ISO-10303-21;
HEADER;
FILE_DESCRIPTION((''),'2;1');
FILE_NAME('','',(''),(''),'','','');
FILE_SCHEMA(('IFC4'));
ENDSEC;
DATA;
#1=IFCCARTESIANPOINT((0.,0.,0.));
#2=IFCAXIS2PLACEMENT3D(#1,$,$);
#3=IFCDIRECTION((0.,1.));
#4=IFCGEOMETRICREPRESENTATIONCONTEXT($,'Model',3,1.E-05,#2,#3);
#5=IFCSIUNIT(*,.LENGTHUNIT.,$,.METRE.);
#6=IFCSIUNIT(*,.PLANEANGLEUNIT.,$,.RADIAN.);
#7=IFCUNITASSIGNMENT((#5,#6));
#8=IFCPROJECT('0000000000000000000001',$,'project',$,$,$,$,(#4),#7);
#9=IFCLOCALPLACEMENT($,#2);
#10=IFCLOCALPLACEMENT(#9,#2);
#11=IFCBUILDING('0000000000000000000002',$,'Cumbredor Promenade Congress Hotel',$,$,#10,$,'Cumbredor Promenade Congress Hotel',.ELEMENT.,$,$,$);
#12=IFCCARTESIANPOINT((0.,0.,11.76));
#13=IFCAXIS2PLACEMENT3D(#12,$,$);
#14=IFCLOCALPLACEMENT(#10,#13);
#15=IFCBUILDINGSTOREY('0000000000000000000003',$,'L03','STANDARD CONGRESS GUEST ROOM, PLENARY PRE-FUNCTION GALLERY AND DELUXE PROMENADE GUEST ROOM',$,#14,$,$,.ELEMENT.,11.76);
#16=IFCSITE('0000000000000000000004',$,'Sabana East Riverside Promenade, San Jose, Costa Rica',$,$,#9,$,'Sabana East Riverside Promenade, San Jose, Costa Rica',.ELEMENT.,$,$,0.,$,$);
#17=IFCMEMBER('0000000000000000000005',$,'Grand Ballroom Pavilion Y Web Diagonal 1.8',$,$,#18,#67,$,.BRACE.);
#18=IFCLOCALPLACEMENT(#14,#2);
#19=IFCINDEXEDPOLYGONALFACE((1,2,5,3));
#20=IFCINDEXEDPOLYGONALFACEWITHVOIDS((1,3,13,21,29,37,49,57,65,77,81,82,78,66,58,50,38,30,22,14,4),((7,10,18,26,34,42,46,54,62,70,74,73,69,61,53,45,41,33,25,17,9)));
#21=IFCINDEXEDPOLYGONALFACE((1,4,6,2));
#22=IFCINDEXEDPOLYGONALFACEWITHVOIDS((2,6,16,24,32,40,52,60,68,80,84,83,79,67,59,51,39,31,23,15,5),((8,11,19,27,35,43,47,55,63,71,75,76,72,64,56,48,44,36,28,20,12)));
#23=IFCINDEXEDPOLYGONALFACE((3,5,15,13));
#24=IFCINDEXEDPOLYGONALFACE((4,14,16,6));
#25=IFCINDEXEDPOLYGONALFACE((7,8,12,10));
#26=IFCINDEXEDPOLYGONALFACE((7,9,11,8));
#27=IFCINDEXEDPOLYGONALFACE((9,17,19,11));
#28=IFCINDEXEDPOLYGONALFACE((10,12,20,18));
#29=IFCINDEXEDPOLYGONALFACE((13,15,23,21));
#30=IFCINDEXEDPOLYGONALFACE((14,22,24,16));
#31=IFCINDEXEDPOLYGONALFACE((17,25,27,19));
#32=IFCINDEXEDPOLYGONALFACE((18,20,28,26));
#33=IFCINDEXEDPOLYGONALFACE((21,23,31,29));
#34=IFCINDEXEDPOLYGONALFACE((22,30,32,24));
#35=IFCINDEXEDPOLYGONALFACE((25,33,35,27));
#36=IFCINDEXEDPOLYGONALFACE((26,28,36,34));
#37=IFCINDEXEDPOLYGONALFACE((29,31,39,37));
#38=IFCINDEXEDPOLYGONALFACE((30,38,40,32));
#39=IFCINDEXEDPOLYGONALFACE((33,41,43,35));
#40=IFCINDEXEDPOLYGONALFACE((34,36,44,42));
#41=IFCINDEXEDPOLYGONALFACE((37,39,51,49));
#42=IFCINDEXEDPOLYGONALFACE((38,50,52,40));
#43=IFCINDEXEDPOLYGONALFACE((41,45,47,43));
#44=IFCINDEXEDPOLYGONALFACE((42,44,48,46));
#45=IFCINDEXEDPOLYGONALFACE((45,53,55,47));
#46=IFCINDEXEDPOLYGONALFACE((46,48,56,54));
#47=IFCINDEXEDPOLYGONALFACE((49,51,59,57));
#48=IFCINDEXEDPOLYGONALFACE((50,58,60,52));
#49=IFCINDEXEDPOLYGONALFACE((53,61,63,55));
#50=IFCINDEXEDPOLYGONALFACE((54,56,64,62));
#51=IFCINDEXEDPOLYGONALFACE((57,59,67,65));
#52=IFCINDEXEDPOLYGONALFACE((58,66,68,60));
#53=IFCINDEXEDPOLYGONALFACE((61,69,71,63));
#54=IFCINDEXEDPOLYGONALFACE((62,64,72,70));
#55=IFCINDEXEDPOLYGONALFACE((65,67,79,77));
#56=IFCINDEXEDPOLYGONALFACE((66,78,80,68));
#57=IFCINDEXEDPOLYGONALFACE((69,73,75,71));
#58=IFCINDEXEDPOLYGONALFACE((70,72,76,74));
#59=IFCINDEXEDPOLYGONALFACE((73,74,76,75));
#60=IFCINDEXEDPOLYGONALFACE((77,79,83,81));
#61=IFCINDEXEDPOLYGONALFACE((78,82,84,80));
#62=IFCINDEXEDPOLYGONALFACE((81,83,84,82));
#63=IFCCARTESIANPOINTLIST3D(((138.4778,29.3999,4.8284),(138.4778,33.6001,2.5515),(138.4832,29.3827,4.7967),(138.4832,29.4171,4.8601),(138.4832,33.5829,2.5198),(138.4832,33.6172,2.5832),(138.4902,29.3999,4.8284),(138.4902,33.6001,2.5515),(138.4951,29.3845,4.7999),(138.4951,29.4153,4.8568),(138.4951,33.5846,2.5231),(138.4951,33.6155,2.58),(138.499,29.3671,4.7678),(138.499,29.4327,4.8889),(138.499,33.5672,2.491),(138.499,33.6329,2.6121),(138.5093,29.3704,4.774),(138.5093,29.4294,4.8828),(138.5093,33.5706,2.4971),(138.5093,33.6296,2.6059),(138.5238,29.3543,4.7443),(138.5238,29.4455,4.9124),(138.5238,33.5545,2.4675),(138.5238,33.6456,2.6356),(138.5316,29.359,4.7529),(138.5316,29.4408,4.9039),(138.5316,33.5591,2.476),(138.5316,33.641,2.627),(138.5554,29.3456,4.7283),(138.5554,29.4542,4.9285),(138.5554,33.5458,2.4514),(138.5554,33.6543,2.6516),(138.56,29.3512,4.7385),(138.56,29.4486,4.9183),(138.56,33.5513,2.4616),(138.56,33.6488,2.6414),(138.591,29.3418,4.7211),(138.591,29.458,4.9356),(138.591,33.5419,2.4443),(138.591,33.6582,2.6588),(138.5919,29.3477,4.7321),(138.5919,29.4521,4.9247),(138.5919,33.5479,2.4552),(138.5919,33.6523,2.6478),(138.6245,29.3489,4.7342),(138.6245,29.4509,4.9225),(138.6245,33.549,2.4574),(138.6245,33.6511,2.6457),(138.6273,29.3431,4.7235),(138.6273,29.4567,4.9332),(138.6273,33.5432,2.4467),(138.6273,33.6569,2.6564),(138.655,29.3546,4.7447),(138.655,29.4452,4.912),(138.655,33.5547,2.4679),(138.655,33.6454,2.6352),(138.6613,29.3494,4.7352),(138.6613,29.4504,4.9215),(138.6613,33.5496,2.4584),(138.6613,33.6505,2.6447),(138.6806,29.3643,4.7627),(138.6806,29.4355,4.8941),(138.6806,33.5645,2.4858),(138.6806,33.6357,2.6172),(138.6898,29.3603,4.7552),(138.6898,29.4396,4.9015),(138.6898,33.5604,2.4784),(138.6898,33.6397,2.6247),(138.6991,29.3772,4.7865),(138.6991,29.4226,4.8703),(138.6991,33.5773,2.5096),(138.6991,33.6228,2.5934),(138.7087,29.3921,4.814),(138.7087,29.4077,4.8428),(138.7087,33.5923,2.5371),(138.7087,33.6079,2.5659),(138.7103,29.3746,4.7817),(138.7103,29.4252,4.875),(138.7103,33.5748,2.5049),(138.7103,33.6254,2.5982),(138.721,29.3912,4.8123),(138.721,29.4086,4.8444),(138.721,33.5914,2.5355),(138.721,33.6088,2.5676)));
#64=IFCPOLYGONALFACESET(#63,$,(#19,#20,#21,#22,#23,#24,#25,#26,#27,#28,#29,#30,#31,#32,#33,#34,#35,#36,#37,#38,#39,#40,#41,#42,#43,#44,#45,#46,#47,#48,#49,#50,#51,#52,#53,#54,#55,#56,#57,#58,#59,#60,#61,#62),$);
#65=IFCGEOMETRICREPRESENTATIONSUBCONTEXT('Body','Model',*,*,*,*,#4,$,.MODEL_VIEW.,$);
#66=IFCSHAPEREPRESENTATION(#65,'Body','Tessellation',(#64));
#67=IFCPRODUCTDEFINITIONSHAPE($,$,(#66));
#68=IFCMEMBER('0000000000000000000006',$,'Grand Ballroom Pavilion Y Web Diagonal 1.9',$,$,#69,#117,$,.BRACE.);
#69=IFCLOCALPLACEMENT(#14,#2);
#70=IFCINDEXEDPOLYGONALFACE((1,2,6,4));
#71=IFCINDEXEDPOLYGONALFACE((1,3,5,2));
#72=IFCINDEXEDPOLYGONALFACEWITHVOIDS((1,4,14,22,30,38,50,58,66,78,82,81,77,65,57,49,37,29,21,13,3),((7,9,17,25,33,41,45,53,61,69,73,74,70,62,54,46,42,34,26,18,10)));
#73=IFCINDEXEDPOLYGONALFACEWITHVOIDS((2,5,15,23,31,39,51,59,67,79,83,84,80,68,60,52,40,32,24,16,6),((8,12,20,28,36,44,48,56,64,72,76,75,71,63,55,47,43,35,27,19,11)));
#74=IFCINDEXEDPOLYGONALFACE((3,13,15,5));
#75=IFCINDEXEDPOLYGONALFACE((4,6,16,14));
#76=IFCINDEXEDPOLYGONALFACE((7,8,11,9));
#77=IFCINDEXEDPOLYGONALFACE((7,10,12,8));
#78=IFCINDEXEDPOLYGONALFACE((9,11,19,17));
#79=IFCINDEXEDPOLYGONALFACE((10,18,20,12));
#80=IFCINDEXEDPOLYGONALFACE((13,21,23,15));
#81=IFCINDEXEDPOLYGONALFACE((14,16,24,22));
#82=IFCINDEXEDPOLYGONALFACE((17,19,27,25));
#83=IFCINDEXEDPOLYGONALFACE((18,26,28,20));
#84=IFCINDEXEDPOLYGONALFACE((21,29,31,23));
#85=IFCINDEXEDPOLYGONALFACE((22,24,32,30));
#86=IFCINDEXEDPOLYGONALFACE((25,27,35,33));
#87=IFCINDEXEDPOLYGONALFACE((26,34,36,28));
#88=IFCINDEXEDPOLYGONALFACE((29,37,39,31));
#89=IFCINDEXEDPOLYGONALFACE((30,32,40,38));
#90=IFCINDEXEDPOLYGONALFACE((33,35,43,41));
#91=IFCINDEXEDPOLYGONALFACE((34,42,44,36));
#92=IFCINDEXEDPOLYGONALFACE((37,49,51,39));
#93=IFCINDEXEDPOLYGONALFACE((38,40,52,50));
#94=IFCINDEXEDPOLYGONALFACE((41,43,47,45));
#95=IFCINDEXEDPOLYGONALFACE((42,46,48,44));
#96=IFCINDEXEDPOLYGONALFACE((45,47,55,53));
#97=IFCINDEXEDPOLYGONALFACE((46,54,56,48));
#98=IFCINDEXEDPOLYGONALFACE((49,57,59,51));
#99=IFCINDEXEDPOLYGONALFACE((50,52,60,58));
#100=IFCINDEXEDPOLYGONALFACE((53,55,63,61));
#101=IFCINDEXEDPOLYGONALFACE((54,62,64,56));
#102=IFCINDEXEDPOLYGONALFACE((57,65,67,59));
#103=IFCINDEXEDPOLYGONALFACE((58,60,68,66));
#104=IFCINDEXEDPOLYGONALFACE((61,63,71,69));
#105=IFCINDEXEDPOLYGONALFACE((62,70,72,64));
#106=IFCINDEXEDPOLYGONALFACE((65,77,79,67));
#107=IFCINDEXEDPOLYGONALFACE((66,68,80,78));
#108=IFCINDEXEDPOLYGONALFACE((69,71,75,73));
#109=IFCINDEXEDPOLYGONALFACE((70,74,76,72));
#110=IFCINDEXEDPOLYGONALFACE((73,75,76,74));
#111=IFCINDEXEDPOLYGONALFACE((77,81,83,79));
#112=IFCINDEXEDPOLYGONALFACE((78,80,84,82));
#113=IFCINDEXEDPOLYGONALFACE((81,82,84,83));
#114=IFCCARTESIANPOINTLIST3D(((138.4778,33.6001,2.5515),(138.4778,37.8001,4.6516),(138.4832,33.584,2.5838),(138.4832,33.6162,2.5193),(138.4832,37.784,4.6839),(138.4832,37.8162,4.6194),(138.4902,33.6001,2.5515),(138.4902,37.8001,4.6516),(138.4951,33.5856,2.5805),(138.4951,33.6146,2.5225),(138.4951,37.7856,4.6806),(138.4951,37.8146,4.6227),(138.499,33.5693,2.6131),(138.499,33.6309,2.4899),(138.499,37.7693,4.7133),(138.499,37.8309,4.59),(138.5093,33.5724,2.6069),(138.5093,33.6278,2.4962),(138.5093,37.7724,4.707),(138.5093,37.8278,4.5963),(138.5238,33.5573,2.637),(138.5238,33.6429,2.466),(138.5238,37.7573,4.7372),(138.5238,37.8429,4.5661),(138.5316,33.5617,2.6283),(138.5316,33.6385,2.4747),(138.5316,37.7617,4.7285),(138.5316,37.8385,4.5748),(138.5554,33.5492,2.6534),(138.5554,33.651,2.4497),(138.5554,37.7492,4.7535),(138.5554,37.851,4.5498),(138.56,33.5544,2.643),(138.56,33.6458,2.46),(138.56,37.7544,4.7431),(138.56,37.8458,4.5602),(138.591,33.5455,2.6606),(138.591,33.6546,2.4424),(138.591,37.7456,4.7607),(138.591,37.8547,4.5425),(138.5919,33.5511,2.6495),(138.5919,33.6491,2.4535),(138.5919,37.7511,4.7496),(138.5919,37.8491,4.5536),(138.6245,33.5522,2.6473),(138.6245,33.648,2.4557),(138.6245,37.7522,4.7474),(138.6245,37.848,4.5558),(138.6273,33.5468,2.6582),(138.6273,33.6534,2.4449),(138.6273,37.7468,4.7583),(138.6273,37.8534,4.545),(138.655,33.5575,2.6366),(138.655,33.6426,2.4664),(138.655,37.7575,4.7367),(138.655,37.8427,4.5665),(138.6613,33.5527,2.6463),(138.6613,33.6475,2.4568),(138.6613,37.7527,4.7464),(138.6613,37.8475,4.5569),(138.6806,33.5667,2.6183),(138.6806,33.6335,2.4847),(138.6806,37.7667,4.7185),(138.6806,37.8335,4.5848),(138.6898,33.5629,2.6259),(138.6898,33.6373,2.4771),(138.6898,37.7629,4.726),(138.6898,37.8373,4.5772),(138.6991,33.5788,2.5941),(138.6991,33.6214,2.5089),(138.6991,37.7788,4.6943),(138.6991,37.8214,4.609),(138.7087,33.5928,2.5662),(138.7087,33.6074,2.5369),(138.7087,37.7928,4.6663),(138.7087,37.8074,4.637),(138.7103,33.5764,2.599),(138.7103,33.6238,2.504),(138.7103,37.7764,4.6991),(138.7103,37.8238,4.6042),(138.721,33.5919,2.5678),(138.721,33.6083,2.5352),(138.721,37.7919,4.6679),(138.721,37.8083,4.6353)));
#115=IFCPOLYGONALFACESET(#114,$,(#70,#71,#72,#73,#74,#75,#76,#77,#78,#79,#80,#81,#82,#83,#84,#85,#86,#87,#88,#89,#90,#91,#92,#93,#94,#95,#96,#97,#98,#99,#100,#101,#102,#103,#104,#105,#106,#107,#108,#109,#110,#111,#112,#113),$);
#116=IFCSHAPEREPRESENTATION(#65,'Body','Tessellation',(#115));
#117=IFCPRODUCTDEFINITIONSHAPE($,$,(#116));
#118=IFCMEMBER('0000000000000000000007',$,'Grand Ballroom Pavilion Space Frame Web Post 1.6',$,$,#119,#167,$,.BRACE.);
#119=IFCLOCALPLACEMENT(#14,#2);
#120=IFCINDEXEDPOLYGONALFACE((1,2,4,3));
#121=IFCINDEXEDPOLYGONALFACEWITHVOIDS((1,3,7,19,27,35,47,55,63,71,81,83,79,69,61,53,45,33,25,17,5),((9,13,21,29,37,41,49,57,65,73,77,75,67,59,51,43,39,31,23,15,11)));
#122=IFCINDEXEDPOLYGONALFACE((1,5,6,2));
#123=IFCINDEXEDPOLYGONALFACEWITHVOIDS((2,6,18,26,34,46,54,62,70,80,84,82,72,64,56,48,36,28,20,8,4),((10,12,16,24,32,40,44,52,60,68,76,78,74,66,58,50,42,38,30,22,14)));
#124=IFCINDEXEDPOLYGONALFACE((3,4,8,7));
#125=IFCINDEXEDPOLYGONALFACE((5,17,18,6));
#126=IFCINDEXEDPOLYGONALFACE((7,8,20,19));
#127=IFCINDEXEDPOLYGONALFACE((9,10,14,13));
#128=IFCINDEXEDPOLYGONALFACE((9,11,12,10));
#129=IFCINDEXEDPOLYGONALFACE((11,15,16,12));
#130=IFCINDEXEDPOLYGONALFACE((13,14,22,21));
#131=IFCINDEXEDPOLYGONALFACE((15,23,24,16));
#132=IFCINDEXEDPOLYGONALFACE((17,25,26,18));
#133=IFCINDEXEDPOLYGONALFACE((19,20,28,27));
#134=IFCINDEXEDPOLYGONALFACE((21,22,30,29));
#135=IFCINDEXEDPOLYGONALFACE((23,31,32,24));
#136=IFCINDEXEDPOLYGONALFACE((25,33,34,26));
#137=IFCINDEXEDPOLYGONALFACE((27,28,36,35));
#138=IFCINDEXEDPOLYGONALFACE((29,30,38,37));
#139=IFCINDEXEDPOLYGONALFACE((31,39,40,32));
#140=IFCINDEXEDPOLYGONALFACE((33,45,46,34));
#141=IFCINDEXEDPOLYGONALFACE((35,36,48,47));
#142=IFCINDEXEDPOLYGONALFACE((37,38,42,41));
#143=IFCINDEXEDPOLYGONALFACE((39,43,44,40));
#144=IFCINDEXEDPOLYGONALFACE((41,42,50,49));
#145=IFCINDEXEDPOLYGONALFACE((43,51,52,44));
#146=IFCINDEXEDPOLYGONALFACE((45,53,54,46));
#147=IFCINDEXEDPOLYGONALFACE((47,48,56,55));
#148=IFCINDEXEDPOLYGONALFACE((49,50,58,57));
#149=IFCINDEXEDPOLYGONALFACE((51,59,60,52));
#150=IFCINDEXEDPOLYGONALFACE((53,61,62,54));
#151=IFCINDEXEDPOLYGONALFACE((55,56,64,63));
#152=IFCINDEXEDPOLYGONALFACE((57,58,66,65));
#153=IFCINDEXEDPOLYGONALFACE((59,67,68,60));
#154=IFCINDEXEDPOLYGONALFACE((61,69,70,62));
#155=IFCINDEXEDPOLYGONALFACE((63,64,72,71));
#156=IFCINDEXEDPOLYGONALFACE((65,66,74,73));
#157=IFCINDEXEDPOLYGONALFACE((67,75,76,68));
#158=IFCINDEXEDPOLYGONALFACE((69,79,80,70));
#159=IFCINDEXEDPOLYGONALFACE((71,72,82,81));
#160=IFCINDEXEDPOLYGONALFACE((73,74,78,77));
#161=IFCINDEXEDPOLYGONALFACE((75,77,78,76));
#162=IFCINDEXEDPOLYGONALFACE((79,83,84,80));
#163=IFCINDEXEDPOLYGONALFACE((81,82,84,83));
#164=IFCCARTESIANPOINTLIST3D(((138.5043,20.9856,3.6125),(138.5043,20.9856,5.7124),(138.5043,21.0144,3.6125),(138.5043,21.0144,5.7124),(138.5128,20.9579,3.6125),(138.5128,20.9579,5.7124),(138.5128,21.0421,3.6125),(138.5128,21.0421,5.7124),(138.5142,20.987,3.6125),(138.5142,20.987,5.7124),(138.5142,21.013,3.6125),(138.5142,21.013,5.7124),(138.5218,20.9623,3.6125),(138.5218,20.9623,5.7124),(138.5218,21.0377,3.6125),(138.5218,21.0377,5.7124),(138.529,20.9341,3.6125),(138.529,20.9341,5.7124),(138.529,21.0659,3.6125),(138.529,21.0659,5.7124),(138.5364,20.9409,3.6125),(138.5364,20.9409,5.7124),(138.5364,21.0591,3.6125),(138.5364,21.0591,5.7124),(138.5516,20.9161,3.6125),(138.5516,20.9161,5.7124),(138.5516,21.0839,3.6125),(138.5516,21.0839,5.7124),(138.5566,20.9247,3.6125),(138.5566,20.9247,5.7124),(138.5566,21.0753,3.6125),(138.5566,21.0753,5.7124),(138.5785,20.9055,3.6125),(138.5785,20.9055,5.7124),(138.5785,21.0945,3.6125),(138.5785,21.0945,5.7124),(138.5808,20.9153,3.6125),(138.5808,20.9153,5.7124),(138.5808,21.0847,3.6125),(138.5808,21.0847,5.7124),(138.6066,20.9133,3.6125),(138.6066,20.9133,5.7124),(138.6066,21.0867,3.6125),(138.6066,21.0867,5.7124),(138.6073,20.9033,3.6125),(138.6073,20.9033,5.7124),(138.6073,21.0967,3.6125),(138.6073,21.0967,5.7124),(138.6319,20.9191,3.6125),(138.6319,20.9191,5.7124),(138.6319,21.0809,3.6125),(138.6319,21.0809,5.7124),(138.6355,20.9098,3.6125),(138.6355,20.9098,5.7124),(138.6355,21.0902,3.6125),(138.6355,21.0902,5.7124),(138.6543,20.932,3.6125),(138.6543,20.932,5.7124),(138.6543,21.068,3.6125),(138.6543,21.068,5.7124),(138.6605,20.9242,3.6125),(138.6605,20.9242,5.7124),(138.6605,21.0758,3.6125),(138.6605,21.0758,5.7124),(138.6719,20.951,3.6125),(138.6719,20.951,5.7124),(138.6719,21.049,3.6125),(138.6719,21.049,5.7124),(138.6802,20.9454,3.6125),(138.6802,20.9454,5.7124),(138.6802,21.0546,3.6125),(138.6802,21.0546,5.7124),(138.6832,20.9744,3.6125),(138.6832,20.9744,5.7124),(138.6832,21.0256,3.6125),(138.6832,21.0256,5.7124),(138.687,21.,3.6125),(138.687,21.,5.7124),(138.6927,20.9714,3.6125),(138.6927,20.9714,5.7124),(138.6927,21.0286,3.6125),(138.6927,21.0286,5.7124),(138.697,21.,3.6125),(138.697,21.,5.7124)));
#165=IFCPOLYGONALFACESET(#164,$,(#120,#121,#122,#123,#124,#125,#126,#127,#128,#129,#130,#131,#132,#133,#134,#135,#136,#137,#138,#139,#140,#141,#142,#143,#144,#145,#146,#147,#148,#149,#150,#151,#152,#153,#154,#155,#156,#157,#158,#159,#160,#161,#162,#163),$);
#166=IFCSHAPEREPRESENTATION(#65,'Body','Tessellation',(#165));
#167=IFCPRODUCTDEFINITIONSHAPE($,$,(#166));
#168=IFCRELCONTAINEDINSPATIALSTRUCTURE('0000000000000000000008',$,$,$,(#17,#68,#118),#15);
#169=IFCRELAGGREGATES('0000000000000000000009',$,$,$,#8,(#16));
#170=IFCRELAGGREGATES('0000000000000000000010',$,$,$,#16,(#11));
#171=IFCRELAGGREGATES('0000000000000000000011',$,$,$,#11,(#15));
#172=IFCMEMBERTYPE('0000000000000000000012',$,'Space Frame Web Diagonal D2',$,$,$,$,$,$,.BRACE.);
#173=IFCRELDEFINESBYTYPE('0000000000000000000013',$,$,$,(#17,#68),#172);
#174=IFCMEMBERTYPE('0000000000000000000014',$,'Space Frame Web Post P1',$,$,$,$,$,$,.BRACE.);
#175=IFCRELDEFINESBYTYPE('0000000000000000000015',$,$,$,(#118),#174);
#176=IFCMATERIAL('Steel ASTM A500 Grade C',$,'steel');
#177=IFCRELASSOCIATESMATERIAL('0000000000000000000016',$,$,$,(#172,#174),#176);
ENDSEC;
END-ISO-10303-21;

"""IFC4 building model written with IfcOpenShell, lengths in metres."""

from ifc_helpers import new_model, si_unit, direction, frame, origin, origin_2d, place, context, subcontext, project, spatial, hollow_circle, extrude, material, material_profile, profile_set, type_object, element, save


model = new_model("IFC4")

# Units and contexts
model_context = context("Model", 3, precision=1e-05, world=origin(), true_north=direction((0.0, 1.0)))
body_context = subcontext(model_context, "Body", "Model", "MODEL_VIEW")
ifc_project = project(units=[si_unit("LENGTHUNIT", "METRE"), si_unit("PLANEANGLEUNIT", "RADIAN")], contexts=[model_context])

# Site, building, storey
site_placement = place(None, origin())
site = spatial("IfcSite", under=ifc_project, at=site_placement, Name="Sabana East Riverside Promenade, San Jose, Costa Rica", LongName="Sabana East Riverside Promenade, San Jose, Costa Rica", CompositionType="ELEMENT", RefElevation=0.0)
building_placement = place(site_placement, origin())
building = spatial("IfcBuilding", under=site, at=building_placement, Name="Cumbredor Promenade Congress Hotel", LongName="Cumbredor Promenade Congress Hotel", CompositionType="ELEMENT")
storey_placement = place(building_placement, frame((0.0, 0.0, 11.76)))
storey = spatial("IfcBuildingStorey", under=building, at=storey_placement, Name="L03", Description="STANDARD CONGRESS GUEST ROOM, PLENARY PRE-FUNCTION GALLERY AND DELUXE PROMENADE GUEST ROOM", CompositionType="ELEMENT", Elevation=11.76)

# Members
ifc_material_1 = material(Name="Steel ASTM A500 Grade C", Category="steel")
ifc_material_profile_1 = material_profile(ifc_material_1, hollow_circle(Radius=0.1223, WallThickness=0.0125, at=origin_2d()), Name="CHS 244.5x12.5")
ifc_profile_set_1 = profile_set([ifc_material_profile_1], Name="Steel ASTM A500 Grade C")
member_type_1 = type_object("IfcMemberType", Name="Space Frame Web Diagonal D2", PredefinedType="BRACE", material=ifc_profile_set_1)
member_1_placement = place(storey_placement, frame((138.6001, 29.3999, 4.8284), z_axis=(0.0, 0.879139, -0.476566), x_axis=(-1.0, 0.0, 0.0)))
element("IfcMember", 1, at=member_1_placement, inside=storey, type_object=member_type_1, Name="Grand Ballroom Pavilion Y Web Diagonal 1.8", PredefinedType="BRACE", context=body_context, shape_type="SweptSolid", body=[
    extrude(hollow_circle(Radius=0.1223, WallThickness=0.0125, at=origin_2d()), origin(), (0.0, 0.0, 1.0), 4.7776),
])
member_2_placement = place(storey_placement, frame((138.6001, 33.6001, 2.5515), z_axis=(0.0, 0.894417, 0.447234), x_axis=(-1.0, 0.0, 0.0)))
element("IfcMember", 2, at=member_2_placement, inside=storey, type_object=member_type_1, Name="Grand Ballroom Pavilion Y Web Diagonal 1.9", PredefinedType="BRACE", context=body_context, shape_type="SweptSolid", body=[
    extrude(hollow_circle(Radius=0.1223, WallThickness=0.0125, at=origin_2d()), origin(), (0.0, 0.0, 1.0), 4.6958),
])
ifc_material_profile_2 = material_profile(ifc_material_1, hollow_circle(Radius=0.0969, WallThickness=0.01, at=origin_2d()), Name="CHS 193.7x10")
ifc_profile_set_2 = profile_set([ifc_material_profile_2], Name="Steel ASTM A500 Grade C")
member_type_2 = type_object("IfcMemberType", Name="Space Frame Web Post P1", PredefinedType="BRACE", material=ifc_profile_set_2)
for number, where, z_axis, x_axis, name in (
    (3, (138.6001, 21.0, 3.6125), (0.0, 0.0, 1.0), (1.0, 0.0, 0.0), "Grand Ballroom Pavilion Space Frame Web Post 1.6"),
):
    element("IfcMember", number, at=place(storey_placement, frame(where, z_axis=z_axis, x_axis=x_axis)), inside=storey, type_object=member_type_2, Name=name, PredefinedType="BRACE", context=body_context, shape_type="SweptSolid", body=[
        extrude(hollow_circle(Radius=0.0969, WallThickness=0.01, at=origin_2d()), origin(), (0.0, 0.0, 1.0), 2.0999),
    ])

save(model, "model.ifc")
